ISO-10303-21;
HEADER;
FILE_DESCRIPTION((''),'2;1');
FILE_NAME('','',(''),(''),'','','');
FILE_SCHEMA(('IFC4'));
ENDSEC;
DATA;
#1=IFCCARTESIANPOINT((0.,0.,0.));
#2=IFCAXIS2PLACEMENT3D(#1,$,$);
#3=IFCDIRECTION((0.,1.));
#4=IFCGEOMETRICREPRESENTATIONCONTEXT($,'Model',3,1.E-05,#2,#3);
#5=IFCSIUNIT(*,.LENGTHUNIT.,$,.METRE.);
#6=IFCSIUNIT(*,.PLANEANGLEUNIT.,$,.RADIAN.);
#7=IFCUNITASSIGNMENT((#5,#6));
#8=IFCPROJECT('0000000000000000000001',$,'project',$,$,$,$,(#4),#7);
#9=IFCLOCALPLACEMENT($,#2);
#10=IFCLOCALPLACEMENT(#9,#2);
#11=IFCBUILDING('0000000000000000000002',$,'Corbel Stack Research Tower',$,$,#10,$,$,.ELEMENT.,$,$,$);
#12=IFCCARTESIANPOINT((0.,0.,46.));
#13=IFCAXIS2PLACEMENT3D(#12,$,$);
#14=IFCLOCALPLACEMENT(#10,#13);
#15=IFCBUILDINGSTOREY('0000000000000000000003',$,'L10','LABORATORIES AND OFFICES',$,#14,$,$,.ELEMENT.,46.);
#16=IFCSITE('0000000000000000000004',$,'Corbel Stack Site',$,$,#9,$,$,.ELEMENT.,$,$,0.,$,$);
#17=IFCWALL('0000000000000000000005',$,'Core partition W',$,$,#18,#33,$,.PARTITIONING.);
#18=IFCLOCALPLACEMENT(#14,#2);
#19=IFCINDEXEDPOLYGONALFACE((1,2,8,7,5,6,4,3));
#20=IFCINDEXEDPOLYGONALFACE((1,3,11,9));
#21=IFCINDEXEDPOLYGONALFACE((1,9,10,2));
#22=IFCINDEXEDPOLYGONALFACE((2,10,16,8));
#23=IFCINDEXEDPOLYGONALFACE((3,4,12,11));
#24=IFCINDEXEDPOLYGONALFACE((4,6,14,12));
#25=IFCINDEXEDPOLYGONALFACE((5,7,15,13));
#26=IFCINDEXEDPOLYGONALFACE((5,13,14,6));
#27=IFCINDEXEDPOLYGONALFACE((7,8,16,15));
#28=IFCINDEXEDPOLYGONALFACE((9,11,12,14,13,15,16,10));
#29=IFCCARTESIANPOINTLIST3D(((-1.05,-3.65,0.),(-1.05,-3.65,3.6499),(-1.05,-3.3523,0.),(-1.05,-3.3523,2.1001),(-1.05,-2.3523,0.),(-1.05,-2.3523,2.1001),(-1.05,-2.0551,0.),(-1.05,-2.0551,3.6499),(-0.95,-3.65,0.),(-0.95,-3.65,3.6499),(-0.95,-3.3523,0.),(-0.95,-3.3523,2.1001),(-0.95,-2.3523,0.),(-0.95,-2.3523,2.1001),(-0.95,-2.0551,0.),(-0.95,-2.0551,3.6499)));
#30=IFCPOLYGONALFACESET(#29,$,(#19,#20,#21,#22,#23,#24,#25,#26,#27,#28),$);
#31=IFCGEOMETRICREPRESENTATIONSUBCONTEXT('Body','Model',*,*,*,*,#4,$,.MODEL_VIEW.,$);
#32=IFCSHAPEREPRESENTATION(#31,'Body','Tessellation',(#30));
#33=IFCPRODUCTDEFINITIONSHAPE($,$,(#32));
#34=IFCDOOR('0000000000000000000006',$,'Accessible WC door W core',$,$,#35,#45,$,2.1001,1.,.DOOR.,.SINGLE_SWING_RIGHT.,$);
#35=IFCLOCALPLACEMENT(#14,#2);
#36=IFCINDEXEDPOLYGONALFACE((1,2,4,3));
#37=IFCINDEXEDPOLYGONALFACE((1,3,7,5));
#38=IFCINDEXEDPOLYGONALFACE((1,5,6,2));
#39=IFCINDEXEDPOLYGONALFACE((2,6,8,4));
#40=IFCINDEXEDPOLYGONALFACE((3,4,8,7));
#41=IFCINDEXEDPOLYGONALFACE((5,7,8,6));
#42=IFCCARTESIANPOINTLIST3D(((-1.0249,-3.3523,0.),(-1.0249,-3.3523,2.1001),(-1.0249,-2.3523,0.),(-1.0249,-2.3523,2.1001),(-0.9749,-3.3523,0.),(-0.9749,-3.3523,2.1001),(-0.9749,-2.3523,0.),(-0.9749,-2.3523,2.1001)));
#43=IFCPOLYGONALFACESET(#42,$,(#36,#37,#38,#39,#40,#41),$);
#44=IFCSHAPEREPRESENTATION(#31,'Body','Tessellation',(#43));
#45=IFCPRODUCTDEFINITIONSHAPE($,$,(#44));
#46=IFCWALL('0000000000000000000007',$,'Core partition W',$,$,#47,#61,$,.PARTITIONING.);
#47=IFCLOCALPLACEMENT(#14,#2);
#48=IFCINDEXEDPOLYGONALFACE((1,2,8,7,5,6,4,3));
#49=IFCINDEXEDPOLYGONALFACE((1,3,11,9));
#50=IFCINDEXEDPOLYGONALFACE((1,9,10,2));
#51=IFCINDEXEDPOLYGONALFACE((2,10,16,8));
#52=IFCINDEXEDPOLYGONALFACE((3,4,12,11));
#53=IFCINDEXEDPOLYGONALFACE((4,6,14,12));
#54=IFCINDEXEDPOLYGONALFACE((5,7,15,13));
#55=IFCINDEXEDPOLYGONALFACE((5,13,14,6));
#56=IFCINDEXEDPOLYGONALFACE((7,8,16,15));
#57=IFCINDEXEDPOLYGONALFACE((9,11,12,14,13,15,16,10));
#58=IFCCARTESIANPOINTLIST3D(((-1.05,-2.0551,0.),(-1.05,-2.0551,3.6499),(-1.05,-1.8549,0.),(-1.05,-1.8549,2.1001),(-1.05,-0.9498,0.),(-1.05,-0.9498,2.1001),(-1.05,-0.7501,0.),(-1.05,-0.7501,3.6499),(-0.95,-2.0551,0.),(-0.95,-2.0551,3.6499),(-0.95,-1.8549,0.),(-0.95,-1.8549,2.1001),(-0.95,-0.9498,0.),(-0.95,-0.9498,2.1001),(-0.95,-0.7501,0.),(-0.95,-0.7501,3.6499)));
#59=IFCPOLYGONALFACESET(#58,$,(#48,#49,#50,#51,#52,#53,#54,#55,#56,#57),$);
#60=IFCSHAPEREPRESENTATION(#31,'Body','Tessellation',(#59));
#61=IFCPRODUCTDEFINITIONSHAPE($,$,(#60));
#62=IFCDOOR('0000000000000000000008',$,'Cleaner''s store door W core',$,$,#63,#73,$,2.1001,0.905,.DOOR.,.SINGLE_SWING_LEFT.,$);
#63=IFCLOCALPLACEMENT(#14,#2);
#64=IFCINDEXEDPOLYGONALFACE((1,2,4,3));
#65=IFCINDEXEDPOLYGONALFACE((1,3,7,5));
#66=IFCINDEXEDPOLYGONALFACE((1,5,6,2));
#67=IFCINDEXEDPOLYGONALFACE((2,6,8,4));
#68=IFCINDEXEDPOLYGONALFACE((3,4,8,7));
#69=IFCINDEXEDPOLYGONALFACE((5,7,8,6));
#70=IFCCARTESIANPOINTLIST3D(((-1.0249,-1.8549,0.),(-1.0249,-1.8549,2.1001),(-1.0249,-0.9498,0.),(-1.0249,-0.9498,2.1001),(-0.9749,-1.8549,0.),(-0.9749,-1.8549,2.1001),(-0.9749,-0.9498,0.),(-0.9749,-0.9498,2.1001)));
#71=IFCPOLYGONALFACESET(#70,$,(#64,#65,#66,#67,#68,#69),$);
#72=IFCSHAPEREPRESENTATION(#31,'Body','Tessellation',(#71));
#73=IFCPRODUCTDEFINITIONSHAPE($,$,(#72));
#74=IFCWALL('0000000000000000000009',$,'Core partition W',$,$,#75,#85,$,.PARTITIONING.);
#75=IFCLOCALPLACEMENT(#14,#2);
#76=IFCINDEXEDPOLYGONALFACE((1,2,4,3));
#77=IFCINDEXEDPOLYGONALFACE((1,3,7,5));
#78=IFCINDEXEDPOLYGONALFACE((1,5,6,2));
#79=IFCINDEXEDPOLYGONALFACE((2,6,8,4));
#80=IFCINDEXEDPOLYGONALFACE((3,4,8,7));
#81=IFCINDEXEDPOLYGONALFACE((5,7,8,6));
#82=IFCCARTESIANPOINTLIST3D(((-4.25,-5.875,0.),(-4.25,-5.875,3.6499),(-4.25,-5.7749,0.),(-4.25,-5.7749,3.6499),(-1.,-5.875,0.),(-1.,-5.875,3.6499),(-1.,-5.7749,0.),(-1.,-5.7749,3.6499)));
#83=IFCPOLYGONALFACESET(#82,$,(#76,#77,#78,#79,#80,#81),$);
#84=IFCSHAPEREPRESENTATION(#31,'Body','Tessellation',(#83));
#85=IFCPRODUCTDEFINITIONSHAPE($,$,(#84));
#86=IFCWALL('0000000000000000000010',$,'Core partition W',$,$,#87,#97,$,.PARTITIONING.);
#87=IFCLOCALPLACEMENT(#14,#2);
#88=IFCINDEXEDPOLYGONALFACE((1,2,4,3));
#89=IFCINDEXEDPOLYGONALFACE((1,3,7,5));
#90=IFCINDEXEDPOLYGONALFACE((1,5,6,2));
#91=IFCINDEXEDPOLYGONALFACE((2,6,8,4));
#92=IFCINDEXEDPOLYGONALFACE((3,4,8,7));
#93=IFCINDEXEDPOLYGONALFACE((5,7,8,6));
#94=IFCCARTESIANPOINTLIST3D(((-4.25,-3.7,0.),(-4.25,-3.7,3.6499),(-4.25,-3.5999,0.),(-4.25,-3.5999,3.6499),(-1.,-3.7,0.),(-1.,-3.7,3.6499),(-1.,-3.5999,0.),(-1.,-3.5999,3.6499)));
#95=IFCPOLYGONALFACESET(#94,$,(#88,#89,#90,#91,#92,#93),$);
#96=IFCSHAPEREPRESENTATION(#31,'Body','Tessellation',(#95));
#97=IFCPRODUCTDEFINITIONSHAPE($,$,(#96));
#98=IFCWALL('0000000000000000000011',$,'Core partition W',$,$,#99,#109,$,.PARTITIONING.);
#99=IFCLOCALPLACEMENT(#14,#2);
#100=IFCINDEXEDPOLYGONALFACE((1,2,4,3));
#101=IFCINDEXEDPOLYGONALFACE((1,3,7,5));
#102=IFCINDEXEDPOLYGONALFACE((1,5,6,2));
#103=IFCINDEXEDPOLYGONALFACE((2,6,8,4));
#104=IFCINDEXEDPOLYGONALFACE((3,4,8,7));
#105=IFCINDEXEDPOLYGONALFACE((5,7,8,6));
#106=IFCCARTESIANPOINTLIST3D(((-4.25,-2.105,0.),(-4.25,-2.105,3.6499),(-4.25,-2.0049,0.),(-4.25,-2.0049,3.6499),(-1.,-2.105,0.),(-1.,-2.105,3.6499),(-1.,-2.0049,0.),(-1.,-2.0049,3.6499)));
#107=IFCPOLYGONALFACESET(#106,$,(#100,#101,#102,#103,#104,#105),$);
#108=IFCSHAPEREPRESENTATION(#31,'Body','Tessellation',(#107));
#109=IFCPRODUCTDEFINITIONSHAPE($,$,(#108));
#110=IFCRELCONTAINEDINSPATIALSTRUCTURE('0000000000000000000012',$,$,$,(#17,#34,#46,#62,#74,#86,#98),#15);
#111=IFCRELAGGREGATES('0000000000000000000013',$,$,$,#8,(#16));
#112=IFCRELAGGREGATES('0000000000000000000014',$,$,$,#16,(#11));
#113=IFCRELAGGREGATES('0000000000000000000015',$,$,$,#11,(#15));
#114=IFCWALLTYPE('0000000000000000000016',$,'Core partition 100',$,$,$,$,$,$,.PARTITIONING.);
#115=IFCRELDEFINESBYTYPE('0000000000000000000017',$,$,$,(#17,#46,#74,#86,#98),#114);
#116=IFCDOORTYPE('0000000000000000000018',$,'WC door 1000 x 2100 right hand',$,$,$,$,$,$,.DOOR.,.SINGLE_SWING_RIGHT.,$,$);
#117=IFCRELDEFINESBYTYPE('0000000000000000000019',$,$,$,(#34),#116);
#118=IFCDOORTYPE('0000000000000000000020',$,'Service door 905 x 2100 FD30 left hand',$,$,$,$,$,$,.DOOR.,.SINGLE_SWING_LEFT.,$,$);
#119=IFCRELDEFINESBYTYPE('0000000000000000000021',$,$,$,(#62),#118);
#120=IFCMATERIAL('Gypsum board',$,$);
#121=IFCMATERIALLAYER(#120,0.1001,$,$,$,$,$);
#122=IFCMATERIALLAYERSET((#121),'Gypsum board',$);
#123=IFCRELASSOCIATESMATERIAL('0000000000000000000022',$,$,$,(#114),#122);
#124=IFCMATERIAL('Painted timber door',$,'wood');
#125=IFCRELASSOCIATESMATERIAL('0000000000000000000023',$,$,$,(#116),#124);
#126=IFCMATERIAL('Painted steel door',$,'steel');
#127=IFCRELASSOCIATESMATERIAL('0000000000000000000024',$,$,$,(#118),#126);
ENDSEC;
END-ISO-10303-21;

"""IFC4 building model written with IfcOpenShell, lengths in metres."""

from ifc_helpers import new_model, si_unit, direction, frame, frame_2d, origin, place, context, subcontext, project, spatial, rectangle, extrude, material, layer, layer_set, type_object, element, fill, save


model = new_model("IFC4")

# Units and contexts
model_context = context("Model", 3, precision=1e-05, world=origin(), true_north=direction((0.0, 1.0)))
body_context = subcontext(model_context, "Body", "Model", "MODEL_VIEW")
ifc_project = project(units=[si_unit("LENGTHUNIT", "METRE"), si_unit("PLANEANGLEUNIT", "RADIAN")], contexts=[model_context])

# Site, building, storey
site_placement = place(None, origin())
site = spatial("IfcSite", under=ifc_project, at=site_placement, Name="Corbel Stack Site", CompositionType="ELEMENT", RefElevation=0.0)
building_placement = place(site_placement, origin())
building = spatial("IfcBuilding", under=site, at=building_placement, Name="Corbel Stack Research Tower", CompositionType="ELEMENT")
storey_placement = place(building_placement, frame((0.0, 0.0, 46.0)))
storey = spatial("IfcBuildingStorey", under=building, at=storey_placement, Name="L10", Description="LABORATORIES AND OFFICES", CompositionType="ELEMENT", Elevation=46.0)

# Walls, openings, doors
ifc_material_1 = material(Name="Gypsum board")
ifc_layer_1 = layer(ifc_material_1, 0.1001)
ifc_layer_set_1 = layer_set([ifc_layer_1], Name="Gypsum board")
wall_type_1 = type_object("IfcWallType", Name="Core partition 100", PredefinedType="PARTITIONING", material=ifc_layer_set_1)
ifc_material_2 = material(Name="Painted timber door", Category="wood")
door_type_1 = type_object("IfcDoorType", Name="WC door 1000 x 2100 right hand", OperationType="SINGLE_SWING_RIGHT", PredefinedType="DOOR", material=ifc_material_2)
wall_1_placement = place(storey_placement, frame((-1.0, -3.6499, 0.0), z_axis=(0.0, 0.0, 1.0), x_axis=(0.0, 1.0, 0.0)))
wall_1 = element("IfcWall", 1, at=wall_1_placement, inside=storey, type_object=wall_type_1, Name="Core partition W", PredefinedType="PARTITIONING", context=body_context, shape_type="SweptSolid", body=[
    extrude(rectangle(XDim=1.595, YDim=0.1001, at=frame_2d((0.7974, 0.0))), origin(), (0.0, 0.0, 1.0), 3.6499),
])
opening_1_placement = place(wall_1_placement, frame((0.2976, 0.0, 0.0)))
opening_1 = element("IfcOpeningElement", 2, at=opening_1_placement, cuts=wall_1, PredefinedType="OPENING", context=body_context, shape_type="SweptSolid", body=[
    extrude(rectangle(XDim=1.0, YDim=2.1001, at=frame_2d((0.5, 1.05))), frame((0.0, 0.0601, 0.0), z_axis=(0.0, -1.0, 0.0), x_axis=(1.0, 0.0, 0.0)), (0.0, 0.0, 1.0), 0.1201),
])
door_1_placement = place(opening_1_placement, origin())
door_1 = element("IfcDoor", 3, at=door_1_placement, inside=storey, type_object=door_type_1, Name="Accessible WC door W core", OperationType="SINGLE_SWING_RIGHT", OverallHeight=2.1001, OverallWidth=1.0, PredefinedType="DOOR", context=body_context, shape_type="SweptSolid", body=[
    extrude(rectangle(XDim=1.0, YDim=2.1001, at=frame_2d((0.5, 1.05))), frame((0.0, 0.0249, 0.0), z_axis=(0.0, -1.0, 0.0), x_axis=(1.0, 0.0, 0.0)), (0.0, 0.0, 1.0), 0.05),
])
fill(opening_1, door_1)
wall_2_placement = place(storey_placement, frame((-1.0, -2.0549, 0.0), z_axis=(0.0, 0.0, 1.0), x_axis=(0.0, 1.0, 0.0)))
wall_2 = element("IfcWall", 4, at=wall_2_placement, inside=storey, type_object=wall_type_1, Name="Core partition W", PredefinedType="PARTITIONING", context=body_context, shape_type="SweptSolid", body=[
    extrude(rectangle(XDim=1.3049, YDim=0.1001, at=frame_2d((0.6523, 0.0))), origin(), (0.0, 0.0, 1.0), 3.6499),
])
opening_2_placement = place(wall_2_placement, frame((0.2, 0.0, 0.0)))
opening_2 = element("IfcOpeningElement", 5, at=opening_2_placement, cuts=wall_2, PredefinedType="OPENING", context=body_context, shape_type="SweptSolid", body=[
    extrude(rectangle(XDim=0.905, YDim=2.1001, at=frame_2d((0.4526, 1.05))), frame((0.0, 0.0601, 0.0), z_axis=(0.0, -1.0, 0.0), x_axis=(1.0, 0.0, 0.0)), (0.0, 0.0, 1.0), 0.1201),
])
ifc_material_3 = material(Name="Painted steel door", Category="steel")
door_type_2 = type_object("IfcDoorType", Name="Service door 905 x 2100 FD30 left hand", OperationType="SINGLE_SWING_LEFT", PredefinedType="DOOR", material=ifc_material_3)
door_2_placement = place(opening_2_placement, origin())
door_2 = element("IfcDoor", 6, at=door_2_placement, inside=storey, type_object=door_type_2, Name="Cleaner's store door W core", OperationType="SINGLE_SWING_LEFT", OverallHeight=2.1001, OverallWidth=0.905, PredefinedType="DOOR", context=body_context, shape_type="SweptSolid", body=[
    extrude(rectangle(XDim=0.905, YDim=2.1001, at=frame_2d((0.4526, 1.05))), frame((0.0, 0.0249, 0.0), z_axis=(0.0, -1.0, 0.0), x_axis=(1.0, 0.0, 0.0)), (0.0, 0.0, 1.0), 0.05),
])
fill(opening_2, door_2)

# Walls
for number, where, z_axis, x_axis, name in (
    (7, (-4.25, -5.825, 0.0), (0.0, 0.0, 1.0), (1.0, 0.0, 0.0), "Core partition W"),
    (8, (-4.25, -3.6499, 0.0), (0.0, 0.0, 1.0), (1.0, 0.0, 0.0), "Core partition W"),
    (9, (-4.25, -2.0549, 0.0), (0.0, 0.0, 1.0), (1.0, 0.0, 0.0), "Core partition W"),
):
    element("IfcWall", number, at=place(storey_placement, frame(where, z_axis=z_axis, x_axis=x_axis)), inside=storey, type_object=wall_type_1, Name=name, PredefinedType="PARTITIONING", context=body_context, shape_type="SweptSolid", body=[
        extrude(rectangle(XDim=3.25, YDim=0.1001, at=frame_2d((1.625, 0.0))), origin(), (0.0, 0.0, 1.0), 3.6499),
    ])

save(model, "model.ifc")
